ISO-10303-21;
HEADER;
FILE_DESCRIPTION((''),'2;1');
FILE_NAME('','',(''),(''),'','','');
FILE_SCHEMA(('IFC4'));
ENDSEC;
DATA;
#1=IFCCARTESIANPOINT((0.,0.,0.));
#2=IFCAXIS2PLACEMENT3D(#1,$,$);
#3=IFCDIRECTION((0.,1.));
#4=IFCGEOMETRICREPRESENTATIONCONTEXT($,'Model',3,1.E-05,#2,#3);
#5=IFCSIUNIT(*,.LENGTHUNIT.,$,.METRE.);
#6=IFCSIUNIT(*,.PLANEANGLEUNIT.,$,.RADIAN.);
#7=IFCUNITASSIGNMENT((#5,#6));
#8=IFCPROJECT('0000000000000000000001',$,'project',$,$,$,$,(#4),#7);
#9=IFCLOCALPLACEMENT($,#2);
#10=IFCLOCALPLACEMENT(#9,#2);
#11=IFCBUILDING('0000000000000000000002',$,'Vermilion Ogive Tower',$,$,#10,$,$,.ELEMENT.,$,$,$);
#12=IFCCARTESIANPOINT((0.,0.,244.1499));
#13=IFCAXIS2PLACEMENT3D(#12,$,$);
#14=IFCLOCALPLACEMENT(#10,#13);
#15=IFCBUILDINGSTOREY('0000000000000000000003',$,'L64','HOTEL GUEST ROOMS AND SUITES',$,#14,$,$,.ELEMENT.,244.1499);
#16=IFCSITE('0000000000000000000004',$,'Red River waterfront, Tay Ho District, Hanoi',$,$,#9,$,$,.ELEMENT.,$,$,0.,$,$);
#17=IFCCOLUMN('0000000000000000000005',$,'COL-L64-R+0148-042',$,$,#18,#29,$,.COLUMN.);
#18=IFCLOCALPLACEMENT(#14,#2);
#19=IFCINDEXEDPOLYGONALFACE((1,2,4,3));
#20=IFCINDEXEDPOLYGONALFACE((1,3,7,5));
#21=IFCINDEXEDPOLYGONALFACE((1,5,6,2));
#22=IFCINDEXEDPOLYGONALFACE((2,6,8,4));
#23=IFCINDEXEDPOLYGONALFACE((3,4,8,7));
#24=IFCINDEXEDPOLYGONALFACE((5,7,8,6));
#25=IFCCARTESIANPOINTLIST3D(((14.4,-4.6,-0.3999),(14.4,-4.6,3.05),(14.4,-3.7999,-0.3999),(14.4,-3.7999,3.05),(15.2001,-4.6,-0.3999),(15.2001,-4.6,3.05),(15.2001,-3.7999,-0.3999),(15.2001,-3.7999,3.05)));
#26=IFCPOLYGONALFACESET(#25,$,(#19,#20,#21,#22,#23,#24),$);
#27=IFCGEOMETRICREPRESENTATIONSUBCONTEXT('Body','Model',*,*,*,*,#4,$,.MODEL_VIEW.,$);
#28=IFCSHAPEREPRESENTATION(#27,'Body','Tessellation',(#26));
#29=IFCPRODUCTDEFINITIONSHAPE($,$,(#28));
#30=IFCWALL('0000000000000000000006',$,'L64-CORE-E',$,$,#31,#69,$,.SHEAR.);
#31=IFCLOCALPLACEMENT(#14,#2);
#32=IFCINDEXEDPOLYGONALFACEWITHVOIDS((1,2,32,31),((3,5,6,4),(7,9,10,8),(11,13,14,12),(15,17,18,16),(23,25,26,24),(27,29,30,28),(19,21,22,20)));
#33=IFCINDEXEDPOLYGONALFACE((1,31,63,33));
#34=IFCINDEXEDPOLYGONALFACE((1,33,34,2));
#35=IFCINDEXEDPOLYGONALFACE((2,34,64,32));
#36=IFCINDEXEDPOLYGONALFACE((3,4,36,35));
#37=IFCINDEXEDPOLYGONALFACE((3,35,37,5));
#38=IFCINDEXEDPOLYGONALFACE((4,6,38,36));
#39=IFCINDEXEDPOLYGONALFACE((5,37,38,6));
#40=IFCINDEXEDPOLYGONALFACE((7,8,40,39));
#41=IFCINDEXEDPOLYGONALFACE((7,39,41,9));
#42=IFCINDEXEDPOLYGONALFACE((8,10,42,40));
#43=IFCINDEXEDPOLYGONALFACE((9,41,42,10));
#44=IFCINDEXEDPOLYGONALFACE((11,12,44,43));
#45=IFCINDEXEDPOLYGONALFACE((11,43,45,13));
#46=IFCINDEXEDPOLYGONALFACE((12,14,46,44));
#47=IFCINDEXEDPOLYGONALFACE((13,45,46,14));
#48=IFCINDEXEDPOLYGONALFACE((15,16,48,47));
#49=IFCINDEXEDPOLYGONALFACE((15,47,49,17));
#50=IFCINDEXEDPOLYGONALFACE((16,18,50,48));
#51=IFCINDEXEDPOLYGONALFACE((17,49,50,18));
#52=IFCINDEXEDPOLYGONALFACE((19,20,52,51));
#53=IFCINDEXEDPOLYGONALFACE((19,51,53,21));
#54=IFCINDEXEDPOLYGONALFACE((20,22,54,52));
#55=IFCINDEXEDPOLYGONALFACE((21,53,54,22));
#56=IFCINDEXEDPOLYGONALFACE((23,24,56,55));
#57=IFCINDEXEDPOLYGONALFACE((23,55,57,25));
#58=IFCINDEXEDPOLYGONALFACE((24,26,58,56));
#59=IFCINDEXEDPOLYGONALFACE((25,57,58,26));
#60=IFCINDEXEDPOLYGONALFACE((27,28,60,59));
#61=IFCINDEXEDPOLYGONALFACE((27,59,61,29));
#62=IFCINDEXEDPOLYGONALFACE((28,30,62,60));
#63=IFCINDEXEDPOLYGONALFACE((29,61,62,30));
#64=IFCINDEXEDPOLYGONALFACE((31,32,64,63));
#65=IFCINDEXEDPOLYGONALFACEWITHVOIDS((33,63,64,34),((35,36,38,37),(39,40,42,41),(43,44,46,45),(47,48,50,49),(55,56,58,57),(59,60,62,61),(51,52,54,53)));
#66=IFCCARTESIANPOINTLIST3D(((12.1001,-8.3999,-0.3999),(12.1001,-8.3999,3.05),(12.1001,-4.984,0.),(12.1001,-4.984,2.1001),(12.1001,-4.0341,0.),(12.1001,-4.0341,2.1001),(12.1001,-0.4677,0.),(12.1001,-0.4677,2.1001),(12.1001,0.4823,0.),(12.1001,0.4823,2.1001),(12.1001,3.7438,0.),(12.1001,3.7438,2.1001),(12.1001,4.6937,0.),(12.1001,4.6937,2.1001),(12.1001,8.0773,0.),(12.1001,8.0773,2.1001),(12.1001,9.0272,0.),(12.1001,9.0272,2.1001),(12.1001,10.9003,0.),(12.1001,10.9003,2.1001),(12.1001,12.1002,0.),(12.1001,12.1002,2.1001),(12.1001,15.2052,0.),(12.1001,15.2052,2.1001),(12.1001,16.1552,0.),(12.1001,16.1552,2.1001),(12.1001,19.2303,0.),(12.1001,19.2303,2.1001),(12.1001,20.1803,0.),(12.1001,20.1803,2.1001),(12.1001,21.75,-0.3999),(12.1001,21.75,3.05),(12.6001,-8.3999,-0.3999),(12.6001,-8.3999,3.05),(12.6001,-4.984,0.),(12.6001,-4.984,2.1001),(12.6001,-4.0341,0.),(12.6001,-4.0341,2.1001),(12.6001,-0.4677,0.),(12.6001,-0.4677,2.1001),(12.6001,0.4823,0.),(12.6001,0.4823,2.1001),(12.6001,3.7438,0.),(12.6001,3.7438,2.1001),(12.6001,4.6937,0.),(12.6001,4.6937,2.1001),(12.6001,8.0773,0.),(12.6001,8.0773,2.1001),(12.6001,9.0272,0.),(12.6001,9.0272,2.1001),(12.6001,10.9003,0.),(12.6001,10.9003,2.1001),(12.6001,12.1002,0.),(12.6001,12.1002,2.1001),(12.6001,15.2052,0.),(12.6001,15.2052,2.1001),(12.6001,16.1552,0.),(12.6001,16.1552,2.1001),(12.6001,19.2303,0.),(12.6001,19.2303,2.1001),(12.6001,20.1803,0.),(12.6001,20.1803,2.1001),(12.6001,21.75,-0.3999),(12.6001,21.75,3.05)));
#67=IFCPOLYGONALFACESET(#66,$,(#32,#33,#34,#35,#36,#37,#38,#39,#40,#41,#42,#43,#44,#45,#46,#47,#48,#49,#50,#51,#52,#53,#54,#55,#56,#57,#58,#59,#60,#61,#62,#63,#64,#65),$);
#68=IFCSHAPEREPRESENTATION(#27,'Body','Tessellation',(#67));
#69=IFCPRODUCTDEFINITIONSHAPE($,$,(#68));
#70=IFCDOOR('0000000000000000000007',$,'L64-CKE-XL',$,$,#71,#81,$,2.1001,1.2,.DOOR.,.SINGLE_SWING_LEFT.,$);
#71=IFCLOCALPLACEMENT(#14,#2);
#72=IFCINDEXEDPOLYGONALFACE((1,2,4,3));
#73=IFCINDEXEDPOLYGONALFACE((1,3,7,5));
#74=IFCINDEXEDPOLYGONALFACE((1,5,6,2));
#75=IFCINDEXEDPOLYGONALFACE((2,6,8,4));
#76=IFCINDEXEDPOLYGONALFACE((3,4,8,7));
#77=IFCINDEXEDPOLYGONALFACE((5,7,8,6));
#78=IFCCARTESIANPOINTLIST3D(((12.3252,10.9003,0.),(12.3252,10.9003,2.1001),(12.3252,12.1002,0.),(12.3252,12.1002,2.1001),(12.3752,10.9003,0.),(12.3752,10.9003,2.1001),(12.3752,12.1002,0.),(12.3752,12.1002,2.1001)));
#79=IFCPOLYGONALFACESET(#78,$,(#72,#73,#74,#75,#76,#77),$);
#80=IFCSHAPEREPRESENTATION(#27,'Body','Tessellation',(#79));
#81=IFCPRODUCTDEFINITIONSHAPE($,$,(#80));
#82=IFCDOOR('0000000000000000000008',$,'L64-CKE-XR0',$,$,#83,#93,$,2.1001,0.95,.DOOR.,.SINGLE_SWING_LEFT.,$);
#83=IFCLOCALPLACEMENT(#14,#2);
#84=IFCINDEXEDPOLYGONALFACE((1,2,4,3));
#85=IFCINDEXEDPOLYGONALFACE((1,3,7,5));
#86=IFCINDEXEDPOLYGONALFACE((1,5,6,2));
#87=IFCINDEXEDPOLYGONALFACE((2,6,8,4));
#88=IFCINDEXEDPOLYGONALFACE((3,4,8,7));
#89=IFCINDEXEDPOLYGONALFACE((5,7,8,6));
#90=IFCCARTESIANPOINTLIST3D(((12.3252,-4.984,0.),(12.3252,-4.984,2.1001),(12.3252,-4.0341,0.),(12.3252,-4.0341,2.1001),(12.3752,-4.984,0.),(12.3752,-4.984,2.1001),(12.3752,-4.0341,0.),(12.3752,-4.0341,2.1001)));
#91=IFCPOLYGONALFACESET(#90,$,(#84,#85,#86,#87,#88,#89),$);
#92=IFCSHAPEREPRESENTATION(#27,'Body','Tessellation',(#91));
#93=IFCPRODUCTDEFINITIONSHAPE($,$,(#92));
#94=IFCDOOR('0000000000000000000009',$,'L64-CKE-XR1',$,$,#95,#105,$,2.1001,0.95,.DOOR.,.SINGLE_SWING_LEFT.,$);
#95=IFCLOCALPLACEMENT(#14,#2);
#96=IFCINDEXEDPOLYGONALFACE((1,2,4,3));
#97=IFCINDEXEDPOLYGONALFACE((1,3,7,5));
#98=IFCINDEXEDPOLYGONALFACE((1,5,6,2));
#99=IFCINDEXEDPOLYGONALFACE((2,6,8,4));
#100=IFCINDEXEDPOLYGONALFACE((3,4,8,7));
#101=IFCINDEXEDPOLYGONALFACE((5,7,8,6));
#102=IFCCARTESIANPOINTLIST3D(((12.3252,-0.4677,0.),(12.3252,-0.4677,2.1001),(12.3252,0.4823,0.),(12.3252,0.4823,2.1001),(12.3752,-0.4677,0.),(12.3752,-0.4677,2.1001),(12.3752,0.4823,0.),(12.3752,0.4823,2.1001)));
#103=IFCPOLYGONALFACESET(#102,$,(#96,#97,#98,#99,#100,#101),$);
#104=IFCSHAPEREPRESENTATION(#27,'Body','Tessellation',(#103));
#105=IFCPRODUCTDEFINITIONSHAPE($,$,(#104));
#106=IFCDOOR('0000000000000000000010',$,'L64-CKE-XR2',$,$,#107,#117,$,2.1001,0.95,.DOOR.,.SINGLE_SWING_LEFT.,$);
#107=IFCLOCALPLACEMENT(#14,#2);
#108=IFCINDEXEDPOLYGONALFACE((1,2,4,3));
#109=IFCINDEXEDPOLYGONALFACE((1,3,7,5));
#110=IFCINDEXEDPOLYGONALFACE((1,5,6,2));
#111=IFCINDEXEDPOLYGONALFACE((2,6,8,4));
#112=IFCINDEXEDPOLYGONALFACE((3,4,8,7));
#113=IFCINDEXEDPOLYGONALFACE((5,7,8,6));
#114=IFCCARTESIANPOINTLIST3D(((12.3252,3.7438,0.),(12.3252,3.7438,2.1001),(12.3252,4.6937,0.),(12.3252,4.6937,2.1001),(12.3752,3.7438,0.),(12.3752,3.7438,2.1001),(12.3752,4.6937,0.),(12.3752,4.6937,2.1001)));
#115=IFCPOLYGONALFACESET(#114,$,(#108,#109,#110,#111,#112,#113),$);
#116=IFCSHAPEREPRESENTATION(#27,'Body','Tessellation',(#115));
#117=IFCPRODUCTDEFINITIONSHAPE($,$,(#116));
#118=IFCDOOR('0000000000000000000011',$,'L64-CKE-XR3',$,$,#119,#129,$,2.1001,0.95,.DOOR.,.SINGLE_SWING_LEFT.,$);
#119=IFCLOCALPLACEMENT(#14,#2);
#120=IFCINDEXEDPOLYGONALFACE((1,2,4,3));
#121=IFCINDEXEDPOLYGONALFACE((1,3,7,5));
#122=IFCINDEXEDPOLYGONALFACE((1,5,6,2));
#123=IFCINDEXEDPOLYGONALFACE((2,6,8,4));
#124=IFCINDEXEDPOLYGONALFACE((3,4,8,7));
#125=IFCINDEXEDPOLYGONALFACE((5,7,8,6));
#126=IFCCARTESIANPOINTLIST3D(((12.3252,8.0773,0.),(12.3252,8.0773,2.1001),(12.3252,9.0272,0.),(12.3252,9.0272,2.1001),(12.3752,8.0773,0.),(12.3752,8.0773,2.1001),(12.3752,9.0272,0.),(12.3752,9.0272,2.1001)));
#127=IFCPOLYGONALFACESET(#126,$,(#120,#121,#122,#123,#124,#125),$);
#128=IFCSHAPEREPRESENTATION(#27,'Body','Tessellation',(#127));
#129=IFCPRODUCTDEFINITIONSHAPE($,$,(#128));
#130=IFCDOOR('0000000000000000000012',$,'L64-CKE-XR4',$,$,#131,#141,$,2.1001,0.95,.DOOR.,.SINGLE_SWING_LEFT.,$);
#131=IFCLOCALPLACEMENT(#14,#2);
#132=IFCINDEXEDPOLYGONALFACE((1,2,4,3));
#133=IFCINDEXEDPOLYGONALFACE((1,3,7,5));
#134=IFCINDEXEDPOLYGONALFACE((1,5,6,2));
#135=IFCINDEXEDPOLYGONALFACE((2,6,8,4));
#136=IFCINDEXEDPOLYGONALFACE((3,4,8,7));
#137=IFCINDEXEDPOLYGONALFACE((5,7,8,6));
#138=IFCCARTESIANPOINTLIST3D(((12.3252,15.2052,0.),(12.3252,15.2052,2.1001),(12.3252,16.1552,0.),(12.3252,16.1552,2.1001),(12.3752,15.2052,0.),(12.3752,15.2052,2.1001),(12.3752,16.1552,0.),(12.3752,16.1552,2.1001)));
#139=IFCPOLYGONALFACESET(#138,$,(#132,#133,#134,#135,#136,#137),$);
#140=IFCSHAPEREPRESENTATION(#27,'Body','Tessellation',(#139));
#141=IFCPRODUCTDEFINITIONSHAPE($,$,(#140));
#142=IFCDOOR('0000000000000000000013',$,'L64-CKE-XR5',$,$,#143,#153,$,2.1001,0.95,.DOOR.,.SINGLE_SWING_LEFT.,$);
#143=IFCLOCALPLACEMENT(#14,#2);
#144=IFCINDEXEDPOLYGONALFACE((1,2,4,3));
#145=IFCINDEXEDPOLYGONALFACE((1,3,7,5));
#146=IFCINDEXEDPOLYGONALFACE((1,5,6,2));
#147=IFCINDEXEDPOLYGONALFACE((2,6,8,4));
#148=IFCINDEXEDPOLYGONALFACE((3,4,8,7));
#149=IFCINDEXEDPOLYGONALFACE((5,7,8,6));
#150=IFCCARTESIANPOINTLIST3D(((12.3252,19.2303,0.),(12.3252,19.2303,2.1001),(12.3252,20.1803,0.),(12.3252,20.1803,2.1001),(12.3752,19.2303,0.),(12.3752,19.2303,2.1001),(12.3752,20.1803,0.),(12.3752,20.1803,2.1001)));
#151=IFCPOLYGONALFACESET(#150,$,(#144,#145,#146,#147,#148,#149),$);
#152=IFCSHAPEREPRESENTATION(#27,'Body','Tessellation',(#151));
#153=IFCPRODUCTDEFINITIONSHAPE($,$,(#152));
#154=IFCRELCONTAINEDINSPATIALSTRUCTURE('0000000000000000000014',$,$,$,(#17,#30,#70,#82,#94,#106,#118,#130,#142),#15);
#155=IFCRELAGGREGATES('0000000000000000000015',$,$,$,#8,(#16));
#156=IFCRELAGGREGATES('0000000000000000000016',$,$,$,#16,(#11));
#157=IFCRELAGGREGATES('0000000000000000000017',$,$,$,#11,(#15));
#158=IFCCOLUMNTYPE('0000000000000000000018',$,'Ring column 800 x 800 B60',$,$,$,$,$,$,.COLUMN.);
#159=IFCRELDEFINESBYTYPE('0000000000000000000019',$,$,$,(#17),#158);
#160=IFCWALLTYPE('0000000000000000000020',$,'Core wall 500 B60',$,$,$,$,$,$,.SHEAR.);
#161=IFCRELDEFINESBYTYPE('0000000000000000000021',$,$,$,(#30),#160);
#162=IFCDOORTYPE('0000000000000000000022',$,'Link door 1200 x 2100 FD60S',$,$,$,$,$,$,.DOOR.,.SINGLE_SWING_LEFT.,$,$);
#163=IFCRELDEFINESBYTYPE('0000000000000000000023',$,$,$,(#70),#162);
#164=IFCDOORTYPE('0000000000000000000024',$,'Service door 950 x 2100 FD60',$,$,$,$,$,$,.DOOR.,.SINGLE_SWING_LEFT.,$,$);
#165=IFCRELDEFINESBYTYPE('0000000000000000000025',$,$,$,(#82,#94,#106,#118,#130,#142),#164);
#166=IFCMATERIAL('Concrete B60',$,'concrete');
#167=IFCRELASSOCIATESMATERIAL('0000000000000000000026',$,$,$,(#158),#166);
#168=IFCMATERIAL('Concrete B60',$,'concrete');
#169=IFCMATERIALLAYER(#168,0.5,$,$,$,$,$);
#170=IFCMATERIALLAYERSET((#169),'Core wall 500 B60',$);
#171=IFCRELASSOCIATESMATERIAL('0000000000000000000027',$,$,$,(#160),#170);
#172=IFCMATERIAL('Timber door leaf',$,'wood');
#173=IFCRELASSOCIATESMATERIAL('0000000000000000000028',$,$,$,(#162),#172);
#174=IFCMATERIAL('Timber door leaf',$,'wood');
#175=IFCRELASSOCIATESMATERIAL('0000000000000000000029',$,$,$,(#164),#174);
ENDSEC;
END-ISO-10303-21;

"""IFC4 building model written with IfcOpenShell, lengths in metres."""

from ifc_helpers import new_model, si_unit, direction, frame, frame_2d, origin, origin_2d, place, context, subcontext, project, spatial, rectangle, extrude, material, layer, layer_set, material_profile, profile_set, type_object, element, fill, save


model = new_model("IFC4")

# Units and contexts
model_context = context("Model", 3, precision=1e-05, world=origin(), true_north=direction((0.0, 1.0)))
body_context = subcontext(model_context, "Body", "Model", "MODEL_VIEW")
ifc_project = project(units=[si_unit("LENGTHUNIT", "METRE"), si_unit("PLANEANGLEUNIT", "RADIAN")], contexts=[model_context])

# Site, building, storey
site_placement = place(None, origin())
site = spatial("IfcSite", under=ifc_project, at=site_placement, Name="Red River waterfront, Tay Ho District, Hanoi", CompositionType="ELEMENT", RefElevation=0.0)
building_placement = place(site_placement, origin())
building = spatial("IfcBuilding", under=site, at=building_placement, Name="Vermilion Ogive Tower", CompositionType="ELEMENT")
storey_placement = place(building_placement, frame((0.0, 0.0, 244.1499)))
storey = spatial("IfcBuildingStorey", under=building, at=storey_placement, Name="L64", Description="HOTEL GUEST ROOMS AND SUITES", CompositionType="ELEMENT", Elevation=244.1499)

# Column
ifc_material_1 = material(Name="Concrete B60", Category="concrete")
ifc_material_profile = material_profile(ifc_material_1, rectangle(XDim=0.8, YDim=0.8, at=origin_2d()), Name="800 x 800")
ifc_profile_set = profile_set([ifc_material_profile], Name="Concrete B60")
column_type = type_object("IfcColumnType", Name="Ring column 800 x 800 B60", PredefinedType="COLUMN", material=ifc_profile_set)
column_placement = place(storey_placement, frame((14.8, -4.2, -0.3999), z_axis=(0.0, 0.0, 1.0), x_axis=(1.0, 0.0, 0.0)))
element("IfcColumn", 1, at=column_placement, inside=storey, type_object=column_type, Name="COL-L64-R+0148-042", PredefinedType="COLUMN", context=body_context, shape_type="SweptSolid", body=[
    extrude(rectangle(XDim=0.8, YDim=0.8, at=origin_2d()), origin(), (0.0, 0.0, 1.0), 3.45),
])

# Wall, openings, doors
ifc_material_2 = material(Name="Concrete B60", Category="concrete")
ifc_layer_1 = layer(ifc_material_2, 0.5)
ifc_layer_set_1 = layer_set([ifc_layer_1], Name="Core wall 500 B60")
wall_type_1 = type_object("IfcWallType", Name="Core wall 500 B60", PredefinedType="SHEAR", material=ifc_layer_set_1)
wall_1_placement = place(storey_placement, frame((12.3501, -8.3999, -0.3999), z_axis=(0.0, 0.0, 1.0), x_axis=(0.0, 1.0, 0.0)))
wall_1 = element("IfcWall", 2, at=wall_1_placement, inside=storey, type_object=wall_type_1, Name="L64-CORE-E", PredefinedType="SHEAR", context=body_context, shape_type="SweptSolid", body=[
    extrude(rectangle(XDim=30.1499, YDim=0.5, at=frame_2d((15.075, 0.0))), origin(), (0.0, 0.0, 1.0), 3.45),
])
opening_1_placement = place(wall_1_placement, frame((3.4158, 0.0, 0.3999)))
opening_1 = element("IfcOpeningElement", 3, at=opening_1_placement, cuts=wall_1, PredefinedType="OPENING", context=body_context, shape_type="SweptSolid", body=[
    extrude(rectangle(XDim=0.95, YDim=2.1001, at=frame_2d((0.4751, 1.05))), frame((0.0, 0.26, 0.0), z_axis=(0.0, -1.0, 0.0), x_axis=(1.0, 0.0, 0.0)), (0.0, 0.0, 1.0), 0.52),
])
opening_2_placement = place(wall_1_placement, frame((7.9321, 0.0, 0.3999)))
opening_2 = element("IfcOpeningElement", 4, at=opening_2_placement, cuts=wall_1, PredefinedType="OPENING", context=body_context, shape_type="SweptSolid", body=[
    extrude(rectangle(XDim=0.95, YDim=2.1001, at=frame_2d((0.4751, 1.05))), frame((0.0, 0.26, 0.0), z_axis=(0.0, -1.0, 0.0), x_axis=(1.0, 0.0, 0.0)), (0.0, 0.0, 1.0), 0.52),
])
opening_3_placement = place(wall_1_placement, frame((12.1436, 0.0, 0.3999)))
opening_3 = element("IfcOpeningElement", 5, at=opening_3_placement, cuts=wall_1, PredefinedType="OPENING", context=body_context, shape_type="SweptSolid", body=[
    extrude(rectangle(XDim=0.95, YDim=2.1001, at=frame_2d((0.4751, 1.05))), frame((0.0, 0.26, 0.0), z_axis=(0.0, -1.0, 0.0), x_axis=(1.0, 0.0, 0.0)), (0.0, 0.0, 1.0), 0.52),
])
opening_4_placement = place(wall_1_placement, frame((16.4771, 0.0, 0.3999)))
opening_4 = element("IfcOpeningElement", 6, at=opening_4_placement, cuts=wall_1, PredefinedType="OPENING", context=body_context, shape_type="SweptSolid", body=[
    extrude(rectangle(XDim=0.95, YDim=2.1001, at=frame_2d((0.4751, 1.05))), frame((0.0, 0.26, 0.0), z_axis=(0.0, -1.0, 0.0), x_axis=(1.0, 0.0, 0.0)), (0.0, 0.0, 1.0), 0.52),
])
opening_5_placement = place(wall_1_placement, frame((23.605, 0.0, 0.3999)))
opening_5 = element("IfcOpeningElement", 7, at=opening_5_placement, cuts=wall_1, PredefinedType="OPENING", context=body_context, shape_type="SweptSolid", body=[
    extrude(rectangle(XDim=0.95, YDim=2.1001, at=frame_2d((0.4751, 1.05))), frame((0.0, 0.26, 0.0), z_axis=(0.0, -1.0, 0.0), x_axis=(1.0, 0.0, 0.0)), (0.0, 0.0, 1.0), 0.52),
])
opening_6_placement = place(wall_1_placement, frame((27.6301, 0.0, 0.3999)))
opening_6 = element("IfcOpeningElement", 8, at=opening_6_placement, cuts=wall_1, PredefinedType="OPENING", context=body_context, shape_type="SweptSolid", body=[
    extrude(rectangle(XDim=0.95, YDim=2.1001, at=frame_2d((0.4751, 1.05))), frame((0.0, 0.26, 0.0), z_axis=(0.0, -1.0, 0.0), x_axis=(1.0, 0.0, 0.0)), (0.0, 0.0, 1.0), 0.52),
])
opening_7_placement = place(wall_1_placement, frame((19.3, 0.0, 0.3999)))
opening_7 = element("IfcOpeningElement", 9, at=opening_7_placement, cuts=wall_1, PredefinedType="OPENING", context=body_context, shape_type="SweptSolid", body=[
    extrude(rectangle(XDim=1.2, YDim=2.1001, at=frame_2d((0.6001, 1.05))), frame((0.0, 0.26, 0.0), z_axis=(0.0, -1.0, 0.0), x_axis=(1.0, 0.0, 0.0)), (0.0, 0.0, 1.0), 0.52),
])
ifc_material_3 = material(Name="Timber door leaf", Category="wood")
door_type_1 = type_object("IfcDoorType", Name="Link door 1200 x 2100 FD60S", OperationType="SINGLE_SWING_LEFT", PredefinedType="DOOR", material=ifc_material_3)
door_1_placement = place(opening_7_placement, origin())
door_1 = element("IfcDoor", 10, at=door_1_placement, inside=storey, type_object=door_type_1, Name="L64-CKE-XL", OperationType="SINGLE_SWING_LEFT", OverallHeight=2.1001, OverallWidth=1.2, PredefinedType="DOOR", context=body_context, shape_type="SweptSolid", body=[
    extrude(rectangle(XDim=1.2, YDim=2.1001, at=frame_2d((0.6001, 1.05))), frame((0.0, 0.0249, 0.0), z_axis=(0.0, -1.0, 0.0), x_axis=(1.0, 0.0, 0.0)), (0.0, 0.0, 1.0), 0.05),
])
fill(opening_7, door_1)
ifc_material_4 = material(Name="Timber door leaf", Category="wood")
door_type_2 = type_object("IfcDoorType", Name="Service door 950 x 2100 FD60", OperationType="SINGLE_SWING_LEFT", PredefinedType="DOOR", material=ifc_material_4)
door_2_placement = place(opening_1_placement, origin())
door_2 = element("IfcDoor", 11, at=door_2_placement, inside=storey, type_object=door_type_2, Name="L64-CKE-XR0", OperationType="SINGLE_SWING_LEFT", OverallHeight=2.1001, OverallWidth=0.95, PredefinedType="DOOR", context=body_context, shape_type="SweptSolid", body=[
    extrude(rectangle(XDim=0.95, YDim=2.1001, at=frame_2d((0.4751, 1.05))), frame((0.0, 0.0249, 0.0), z_axis=(0.0, -1.0, 0.0), x_axis=(1.0, 0.0, 0.0)), (0.0, 0.0, 1.0), 0.05),
])
fill(opening_1, door_2)
door_3_placement = place(opening_2_placement, origin())
door_3 = element("IfcDoor", 12, at=door_3_placement, inside=storey, type_object=door_type_2, Name="L64-CKE-XR1", OperationType="SINGLE_SWING_LEFT", OverallHeight=2.1001, OverallWidth=0.95, PredefinedType="DOOR", context=body_context, shape_type="SweptSolid", body=[
    extrude(rectangle(XDim=0.95, YDim=2.1001, at=frame_2d((0.4751, 1.05))), frame((0.0, 0.0249, 0.0), z_axis=(0.0, -1.0, 0.0), x_axis=(1.0, 0.0, 0.0)), (0.0, 0.0, 1.0), 0.05),
])
fill(opening_2, door_3)
door_4_placement = place(opening_3_placement, origin())
door_4 = element("IfcDoor", 13, at=door_4_placement, inside=storey, type_object=door_type_2, Name="L64-CKE-XR2", OperationType="SINGLE_SWING_LEFT", OverallHeight=2.1001, OverallWidth=0.95, PredefinedType="DOOR", context=body_context, shape_type="SweptSolid", body=[
    extrude(rectangle(XDim=0.95, YDim=2.1001, at=frame_2d((0.4751, 1.05))), frame((0.0, 0.0249, 0.0), z_axis=(0.0, -1.0, 0.0), x_axis=(1.0, 0.0, 0.0)), (0.0, 0.0, 1.0), 0.05),
])
fill(opening_3, door_4)
door_5_placement = place(opening_4_placement, origin())
door_5 = element("IfcDoor", 14, at=door_5_placement, inside=storey, type_object=door_type_2, Name="L64-CKE-XR3", OperationType="SINGLE_SWING_LEFT", OverallHeight=2.1001, OverallWidth=0.95, PredefinedType="DOOR", context=body_context, shape_type="SweptSolid", body=[
    extrude(rectangle(XDim=0.95, YDim=2.1001, at=frame_2d((0.4751, 1.05))), frame((0.0, 0.0249, 0.0), z_axis=(0.0, -1.0, 0.0), x_axis=(1.0, 0.0, 0.0)), (0.0, 0.0, 1.0), 0.05),
])
fill(opening_4, door_5)
door_6_placement = place(opening_5_placement, origin())
door_6 = element("IfcDoor", 15, at=door_6_placement, inside=storey, type_object=door_type_2, Name="L64-CKE-XR4", OperationType="SINGLE_SWING_LEFT", OverallHeight=2.1001, OverallWidth=0.95, PredefinedType="DOOR", context=body_context, shape_type="SweptSolid", body=[
    extrude(rectangle(XDim=0.95, YDim=2.1001, at=frame_2d((0.4751, 1.05))), frame((0.0, 0.0249, 0.0), z_axis=(0.0, -1.0, 0.0), x_axis=(1.0, 0.0, 0.0)), (0.0, 0.0, 1.0), 0.05),
])
fill(opening_5, door_6)
door_7_placement = place(opening_6_placement, origin())
door_7 = element("IfcDoor", 16, at=door_7_placement, inside=storey, type_object=door_type_2, Name="L64-CKE-XR5", OperationType="SINGLE_SWING_LEFT", OverallHeight=2.1001, OverallWidth=0.95, PredefinedType="DOOR", context=body_context, shape_type="SweptSolid", body=[
    extrude(rectangle(XDim=0.95, YDim=2.1001, at=frame_2d((0.4751, 1.05))), frame((0.0, 0.0249, 0.0), z_axis=(0.0, -1.0, 0.0), x_axis=(1.0, 0.0, 0.0)), (0.0, 0.0, 1.0), 0.05),
])
fill(opening_6, door_7)

save(model, "model.ifc")
